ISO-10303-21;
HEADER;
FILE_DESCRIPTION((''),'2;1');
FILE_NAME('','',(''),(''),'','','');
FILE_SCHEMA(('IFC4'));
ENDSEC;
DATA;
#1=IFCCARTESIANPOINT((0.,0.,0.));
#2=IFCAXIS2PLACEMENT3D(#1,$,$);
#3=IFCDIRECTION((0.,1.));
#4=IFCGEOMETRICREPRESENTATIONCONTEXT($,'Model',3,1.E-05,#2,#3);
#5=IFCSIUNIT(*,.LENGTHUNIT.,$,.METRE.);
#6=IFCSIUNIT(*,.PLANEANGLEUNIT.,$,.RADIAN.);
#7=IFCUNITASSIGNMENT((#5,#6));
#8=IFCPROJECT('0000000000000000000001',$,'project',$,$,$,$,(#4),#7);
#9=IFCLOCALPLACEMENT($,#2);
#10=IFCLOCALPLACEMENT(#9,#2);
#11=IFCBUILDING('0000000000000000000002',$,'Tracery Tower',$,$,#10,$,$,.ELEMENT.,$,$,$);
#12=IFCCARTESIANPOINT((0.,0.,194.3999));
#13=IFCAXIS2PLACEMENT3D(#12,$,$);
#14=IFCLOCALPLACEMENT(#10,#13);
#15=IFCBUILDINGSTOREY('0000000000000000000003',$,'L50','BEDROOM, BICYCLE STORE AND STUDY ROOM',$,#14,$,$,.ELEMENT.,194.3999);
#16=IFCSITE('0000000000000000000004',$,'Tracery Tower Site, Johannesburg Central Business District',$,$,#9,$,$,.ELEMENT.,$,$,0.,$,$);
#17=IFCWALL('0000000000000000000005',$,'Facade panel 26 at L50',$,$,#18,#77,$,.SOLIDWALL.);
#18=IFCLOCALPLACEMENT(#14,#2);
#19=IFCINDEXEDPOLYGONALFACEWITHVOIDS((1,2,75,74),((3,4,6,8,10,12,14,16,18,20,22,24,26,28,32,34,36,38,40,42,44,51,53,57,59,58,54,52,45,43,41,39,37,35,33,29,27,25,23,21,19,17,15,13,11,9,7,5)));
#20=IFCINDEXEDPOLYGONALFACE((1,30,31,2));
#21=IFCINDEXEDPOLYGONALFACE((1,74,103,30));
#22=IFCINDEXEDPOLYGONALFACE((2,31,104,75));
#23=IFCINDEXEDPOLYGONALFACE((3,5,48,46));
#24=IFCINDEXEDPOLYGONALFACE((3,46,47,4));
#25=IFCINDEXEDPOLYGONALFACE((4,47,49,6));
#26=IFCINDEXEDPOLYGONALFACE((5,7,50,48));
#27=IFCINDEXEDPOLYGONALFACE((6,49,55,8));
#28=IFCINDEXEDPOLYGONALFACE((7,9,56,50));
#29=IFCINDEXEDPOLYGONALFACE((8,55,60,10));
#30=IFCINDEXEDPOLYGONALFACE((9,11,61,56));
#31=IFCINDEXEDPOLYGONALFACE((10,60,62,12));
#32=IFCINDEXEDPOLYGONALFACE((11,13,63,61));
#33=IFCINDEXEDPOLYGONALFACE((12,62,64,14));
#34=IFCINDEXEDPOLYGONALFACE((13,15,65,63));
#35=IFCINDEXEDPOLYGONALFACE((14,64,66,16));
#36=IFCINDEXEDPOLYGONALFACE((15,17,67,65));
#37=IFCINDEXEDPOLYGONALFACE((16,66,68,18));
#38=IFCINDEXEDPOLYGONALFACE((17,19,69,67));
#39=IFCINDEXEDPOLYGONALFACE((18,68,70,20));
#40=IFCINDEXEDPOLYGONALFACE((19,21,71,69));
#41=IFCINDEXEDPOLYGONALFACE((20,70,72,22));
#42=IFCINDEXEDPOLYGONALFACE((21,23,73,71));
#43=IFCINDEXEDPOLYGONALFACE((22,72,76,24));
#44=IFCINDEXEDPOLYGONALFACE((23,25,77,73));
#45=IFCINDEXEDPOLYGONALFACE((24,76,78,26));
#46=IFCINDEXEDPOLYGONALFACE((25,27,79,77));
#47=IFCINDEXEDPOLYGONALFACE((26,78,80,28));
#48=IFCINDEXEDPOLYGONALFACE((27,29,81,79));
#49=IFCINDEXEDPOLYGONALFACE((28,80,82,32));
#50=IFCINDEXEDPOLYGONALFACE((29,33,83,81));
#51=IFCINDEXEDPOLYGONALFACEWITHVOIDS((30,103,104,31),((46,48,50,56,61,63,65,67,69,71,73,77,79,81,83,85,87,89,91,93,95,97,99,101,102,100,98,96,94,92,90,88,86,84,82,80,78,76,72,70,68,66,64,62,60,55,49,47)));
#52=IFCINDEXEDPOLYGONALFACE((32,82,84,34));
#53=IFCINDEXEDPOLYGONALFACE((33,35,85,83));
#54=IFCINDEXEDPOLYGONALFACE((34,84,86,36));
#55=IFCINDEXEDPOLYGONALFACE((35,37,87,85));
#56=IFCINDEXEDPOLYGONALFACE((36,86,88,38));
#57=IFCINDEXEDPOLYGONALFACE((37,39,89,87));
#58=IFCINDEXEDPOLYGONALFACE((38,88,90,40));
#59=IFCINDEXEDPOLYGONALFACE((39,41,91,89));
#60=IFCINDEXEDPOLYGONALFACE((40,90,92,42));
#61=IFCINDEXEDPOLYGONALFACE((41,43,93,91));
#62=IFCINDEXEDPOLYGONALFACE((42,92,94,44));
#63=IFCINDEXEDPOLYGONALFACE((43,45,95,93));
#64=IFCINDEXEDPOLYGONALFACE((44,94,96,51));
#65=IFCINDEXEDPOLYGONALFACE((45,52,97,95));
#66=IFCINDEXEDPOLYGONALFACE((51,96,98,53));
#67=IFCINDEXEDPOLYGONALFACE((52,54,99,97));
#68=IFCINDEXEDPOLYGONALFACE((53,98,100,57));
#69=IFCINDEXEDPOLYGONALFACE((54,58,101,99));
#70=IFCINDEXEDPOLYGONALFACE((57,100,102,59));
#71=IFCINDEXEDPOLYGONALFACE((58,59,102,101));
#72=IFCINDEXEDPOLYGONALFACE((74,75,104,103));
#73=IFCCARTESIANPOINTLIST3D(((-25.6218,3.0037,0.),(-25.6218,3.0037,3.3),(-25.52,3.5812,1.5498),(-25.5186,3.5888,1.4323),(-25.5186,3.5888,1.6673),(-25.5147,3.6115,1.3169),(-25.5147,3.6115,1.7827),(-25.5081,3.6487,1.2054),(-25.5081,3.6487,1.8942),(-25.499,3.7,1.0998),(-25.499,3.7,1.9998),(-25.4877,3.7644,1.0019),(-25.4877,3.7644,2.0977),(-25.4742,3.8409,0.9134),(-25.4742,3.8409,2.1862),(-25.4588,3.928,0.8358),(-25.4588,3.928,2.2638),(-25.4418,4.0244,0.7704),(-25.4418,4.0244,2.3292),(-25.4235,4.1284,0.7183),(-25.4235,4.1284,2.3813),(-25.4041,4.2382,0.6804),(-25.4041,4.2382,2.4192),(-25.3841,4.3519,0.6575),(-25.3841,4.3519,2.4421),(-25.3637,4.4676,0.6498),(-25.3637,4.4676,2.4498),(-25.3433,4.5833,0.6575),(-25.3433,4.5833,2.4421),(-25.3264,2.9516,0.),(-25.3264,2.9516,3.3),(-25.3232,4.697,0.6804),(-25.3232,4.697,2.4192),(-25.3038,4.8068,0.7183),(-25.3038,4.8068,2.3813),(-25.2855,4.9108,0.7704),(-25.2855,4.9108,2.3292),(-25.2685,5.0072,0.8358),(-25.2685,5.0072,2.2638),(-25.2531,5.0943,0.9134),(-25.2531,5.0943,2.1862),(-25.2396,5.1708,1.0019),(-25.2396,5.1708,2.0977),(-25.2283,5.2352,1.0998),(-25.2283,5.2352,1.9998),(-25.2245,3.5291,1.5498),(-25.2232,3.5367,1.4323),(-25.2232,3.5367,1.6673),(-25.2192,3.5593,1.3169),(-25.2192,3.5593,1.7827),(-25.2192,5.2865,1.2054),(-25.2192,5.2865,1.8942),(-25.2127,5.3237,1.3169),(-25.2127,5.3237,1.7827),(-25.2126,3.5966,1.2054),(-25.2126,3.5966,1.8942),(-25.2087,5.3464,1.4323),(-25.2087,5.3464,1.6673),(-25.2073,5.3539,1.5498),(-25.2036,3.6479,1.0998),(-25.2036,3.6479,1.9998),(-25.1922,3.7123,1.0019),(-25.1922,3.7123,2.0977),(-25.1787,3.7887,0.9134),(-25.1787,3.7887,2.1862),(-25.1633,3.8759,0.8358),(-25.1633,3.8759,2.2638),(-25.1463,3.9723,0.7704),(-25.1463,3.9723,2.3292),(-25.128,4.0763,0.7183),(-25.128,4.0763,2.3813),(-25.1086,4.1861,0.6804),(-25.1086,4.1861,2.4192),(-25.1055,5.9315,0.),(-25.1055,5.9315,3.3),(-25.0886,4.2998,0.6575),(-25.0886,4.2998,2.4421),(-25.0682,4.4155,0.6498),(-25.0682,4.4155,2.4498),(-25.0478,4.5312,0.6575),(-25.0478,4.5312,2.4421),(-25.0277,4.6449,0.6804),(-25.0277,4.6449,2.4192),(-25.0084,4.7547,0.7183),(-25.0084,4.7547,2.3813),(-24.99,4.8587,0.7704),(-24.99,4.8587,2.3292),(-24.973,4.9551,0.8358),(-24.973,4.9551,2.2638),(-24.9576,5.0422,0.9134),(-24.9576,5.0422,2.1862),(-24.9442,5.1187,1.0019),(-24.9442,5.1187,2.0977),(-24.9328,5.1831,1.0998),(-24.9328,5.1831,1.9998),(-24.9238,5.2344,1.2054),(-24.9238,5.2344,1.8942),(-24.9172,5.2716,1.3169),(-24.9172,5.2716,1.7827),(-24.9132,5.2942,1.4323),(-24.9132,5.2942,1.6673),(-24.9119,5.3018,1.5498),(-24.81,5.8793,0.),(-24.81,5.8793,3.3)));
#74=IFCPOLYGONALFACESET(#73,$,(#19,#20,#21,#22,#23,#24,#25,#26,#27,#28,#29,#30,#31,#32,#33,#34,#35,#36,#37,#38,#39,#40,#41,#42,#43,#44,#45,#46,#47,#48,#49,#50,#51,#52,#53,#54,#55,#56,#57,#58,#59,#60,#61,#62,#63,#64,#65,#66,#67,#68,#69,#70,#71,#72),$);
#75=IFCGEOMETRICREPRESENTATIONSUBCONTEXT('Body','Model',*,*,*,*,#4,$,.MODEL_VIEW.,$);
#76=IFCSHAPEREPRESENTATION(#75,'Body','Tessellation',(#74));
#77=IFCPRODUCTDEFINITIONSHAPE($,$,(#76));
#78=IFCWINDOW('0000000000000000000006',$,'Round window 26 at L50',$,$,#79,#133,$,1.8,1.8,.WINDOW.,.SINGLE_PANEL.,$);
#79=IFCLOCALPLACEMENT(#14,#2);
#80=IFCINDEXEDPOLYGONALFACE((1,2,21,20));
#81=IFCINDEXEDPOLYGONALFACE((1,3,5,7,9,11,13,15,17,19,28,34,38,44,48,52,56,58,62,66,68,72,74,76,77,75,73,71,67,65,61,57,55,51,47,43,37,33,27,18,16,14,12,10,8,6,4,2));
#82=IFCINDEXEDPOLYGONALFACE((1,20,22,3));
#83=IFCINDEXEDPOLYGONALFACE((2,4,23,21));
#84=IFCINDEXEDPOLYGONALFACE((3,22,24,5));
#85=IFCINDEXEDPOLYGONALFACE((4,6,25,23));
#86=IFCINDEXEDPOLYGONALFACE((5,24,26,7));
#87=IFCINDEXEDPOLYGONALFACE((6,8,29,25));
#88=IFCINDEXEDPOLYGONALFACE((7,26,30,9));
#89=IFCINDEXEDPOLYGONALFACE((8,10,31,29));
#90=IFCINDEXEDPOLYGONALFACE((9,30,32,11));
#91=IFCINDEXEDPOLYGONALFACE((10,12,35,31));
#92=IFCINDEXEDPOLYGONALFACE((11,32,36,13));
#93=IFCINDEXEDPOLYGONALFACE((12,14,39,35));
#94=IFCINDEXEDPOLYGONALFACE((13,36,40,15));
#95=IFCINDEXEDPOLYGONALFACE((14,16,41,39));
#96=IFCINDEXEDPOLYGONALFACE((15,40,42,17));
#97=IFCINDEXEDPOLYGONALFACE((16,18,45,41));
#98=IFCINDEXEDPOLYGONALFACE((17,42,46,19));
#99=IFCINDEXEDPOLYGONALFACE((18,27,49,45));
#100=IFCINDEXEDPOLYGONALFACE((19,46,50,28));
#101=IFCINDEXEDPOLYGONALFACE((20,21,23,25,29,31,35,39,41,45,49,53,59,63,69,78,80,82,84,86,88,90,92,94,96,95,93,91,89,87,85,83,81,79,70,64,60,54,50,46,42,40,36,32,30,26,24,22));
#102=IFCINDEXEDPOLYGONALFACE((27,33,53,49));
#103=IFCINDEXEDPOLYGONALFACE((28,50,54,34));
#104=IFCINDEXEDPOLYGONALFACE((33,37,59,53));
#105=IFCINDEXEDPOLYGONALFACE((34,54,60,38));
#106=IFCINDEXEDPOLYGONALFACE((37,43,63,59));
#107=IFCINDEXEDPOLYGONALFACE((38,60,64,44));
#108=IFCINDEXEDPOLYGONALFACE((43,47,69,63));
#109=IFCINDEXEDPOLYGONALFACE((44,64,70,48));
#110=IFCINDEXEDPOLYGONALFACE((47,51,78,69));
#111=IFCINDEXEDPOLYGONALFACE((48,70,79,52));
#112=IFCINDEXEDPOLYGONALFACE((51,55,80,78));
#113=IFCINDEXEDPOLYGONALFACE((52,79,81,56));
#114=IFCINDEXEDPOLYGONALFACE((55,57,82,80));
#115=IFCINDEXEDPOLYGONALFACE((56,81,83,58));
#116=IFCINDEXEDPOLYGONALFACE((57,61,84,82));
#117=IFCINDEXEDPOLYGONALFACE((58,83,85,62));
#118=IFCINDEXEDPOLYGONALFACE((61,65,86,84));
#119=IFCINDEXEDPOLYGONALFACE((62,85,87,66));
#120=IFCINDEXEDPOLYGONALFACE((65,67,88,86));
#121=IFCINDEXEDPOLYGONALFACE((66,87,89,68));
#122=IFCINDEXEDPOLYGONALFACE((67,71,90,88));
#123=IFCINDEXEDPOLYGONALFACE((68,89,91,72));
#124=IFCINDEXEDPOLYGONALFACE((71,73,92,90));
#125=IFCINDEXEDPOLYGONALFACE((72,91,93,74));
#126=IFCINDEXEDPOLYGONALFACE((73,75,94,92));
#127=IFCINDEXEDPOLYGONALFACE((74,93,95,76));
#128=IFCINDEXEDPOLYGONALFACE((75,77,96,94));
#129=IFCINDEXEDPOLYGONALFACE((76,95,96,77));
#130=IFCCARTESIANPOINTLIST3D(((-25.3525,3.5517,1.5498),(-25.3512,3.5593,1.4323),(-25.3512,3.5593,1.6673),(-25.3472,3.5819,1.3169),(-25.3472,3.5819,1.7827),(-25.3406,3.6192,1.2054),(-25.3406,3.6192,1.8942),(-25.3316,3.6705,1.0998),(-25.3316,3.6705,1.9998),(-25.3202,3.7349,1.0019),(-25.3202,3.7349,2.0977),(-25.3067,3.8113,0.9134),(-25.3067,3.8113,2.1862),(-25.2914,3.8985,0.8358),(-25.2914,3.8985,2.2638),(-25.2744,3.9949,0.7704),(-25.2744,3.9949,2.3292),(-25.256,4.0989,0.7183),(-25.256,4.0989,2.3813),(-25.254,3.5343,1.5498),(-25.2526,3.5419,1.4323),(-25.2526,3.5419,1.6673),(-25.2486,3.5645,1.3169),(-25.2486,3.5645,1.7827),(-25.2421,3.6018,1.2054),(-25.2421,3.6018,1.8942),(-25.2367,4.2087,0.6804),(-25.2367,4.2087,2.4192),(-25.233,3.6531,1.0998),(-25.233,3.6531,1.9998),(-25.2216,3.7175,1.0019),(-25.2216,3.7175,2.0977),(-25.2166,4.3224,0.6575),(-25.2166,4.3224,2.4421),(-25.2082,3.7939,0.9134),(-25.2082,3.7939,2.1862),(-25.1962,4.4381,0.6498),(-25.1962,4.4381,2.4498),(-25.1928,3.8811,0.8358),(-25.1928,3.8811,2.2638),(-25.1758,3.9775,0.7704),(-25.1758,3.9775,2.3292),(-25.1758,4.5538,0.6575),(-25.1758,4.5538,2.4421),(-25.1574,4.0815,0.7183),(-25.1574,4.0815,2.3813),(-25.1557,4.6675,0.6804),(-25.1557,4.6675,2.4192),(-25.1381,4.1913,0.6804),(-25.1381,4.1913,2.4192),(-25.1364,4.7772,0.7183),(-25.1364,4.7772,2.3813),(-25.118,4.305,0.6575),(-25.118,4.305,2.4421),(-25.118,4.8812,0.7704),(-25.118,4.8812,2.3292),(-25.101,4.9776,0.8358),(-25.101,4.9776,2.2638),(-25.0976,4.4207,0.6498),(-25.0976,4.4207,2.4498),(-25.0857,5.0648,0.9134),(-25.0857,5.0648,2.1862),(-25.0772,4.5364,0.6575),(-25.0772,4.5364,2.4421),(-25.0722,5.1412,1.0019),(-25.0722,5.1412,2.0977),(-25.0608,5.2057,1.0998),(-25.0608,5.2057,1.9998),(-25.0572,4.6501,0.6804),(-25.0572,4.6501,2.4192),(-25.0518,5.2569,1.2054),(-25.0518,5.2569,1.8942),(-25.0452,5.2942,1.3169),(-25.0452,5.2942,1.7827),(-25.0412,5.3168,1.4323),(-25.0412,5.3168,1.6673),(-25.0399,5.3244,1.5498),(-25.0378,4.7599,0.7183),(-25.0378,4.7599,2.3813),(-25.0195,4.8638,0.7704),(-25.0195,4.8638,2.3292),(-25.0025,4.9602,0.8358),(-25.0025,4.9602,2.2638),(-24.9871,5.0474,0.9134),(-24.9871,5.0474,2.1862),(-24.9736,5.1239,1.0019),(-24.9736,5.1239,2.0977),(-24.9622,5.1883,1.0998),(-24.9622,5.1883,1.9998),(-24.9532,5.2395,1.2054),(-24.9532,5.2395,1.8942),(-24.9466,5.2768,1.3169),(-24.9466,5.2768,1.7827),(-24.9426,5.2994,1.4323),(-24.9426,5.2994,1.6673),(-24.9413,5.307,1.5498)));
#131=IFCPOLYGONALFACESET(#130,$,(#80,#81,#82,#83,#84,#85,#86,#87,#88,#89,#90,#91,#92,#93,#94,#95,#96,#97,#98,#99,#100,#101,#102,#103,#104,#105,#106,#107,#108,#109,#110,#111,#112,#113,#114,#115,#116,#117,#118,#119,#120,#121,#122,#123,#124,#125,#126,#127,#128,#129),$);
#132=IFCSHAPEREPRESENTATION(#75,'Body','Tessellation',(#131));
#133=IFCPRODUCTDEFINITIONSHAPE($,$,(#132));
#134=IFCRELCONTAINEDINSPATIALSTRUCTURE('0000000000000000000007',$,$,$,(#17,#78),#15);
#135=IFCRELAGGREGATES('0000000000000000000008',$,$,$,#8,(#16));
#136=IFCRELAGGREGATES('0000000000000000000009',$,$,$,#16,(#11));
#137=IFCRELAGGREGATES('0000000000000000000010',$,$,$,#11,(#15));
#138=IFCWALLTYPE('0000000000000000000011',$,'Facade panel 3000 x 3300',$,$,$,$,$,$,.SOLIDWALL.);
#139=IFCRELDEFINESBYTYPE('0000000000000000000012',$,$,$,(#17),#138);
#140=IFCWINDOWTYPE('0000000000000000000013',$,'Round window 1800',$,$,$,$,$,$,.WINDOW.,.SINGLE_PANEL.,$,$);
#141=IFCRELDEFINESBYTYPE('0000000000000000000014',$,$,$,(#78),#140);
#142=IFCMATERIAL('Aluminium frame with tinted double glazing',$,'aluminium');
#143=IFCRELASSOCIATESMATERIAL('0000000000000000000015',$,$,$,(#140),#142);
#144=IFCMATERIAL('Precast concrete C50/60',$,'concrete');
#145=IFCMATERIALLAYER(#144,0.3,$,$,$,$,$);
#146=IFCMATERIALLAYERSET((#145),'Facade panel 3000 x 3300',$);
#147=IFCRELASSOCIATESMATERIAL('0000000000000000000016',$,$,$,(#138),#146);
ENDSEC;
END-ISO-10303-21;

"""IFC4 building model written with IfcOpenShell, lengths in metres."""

from ifc_helpers import new_model, si_unit, direction, frame, frame_2d, origin, origin_2d, place, context, subcontext, project, spatial, rectangle, circle, extrude, material, layer, layer_set, type_object, element, fill, save


model = new_model("IFC4")

# Units and contexts
model_context = context("Model", 3, precision=1e-05, world=origin(), true_north=direction((0.0, 1.0)))
body_context = subcontext(model_context, "Body", "Model", "MODEL_VIEW")
ifc_project = project(units=[si_unit("LENGTHUNIT", "METRE"), si_unit("PLANEANGLEUNIT", "RADIAN")], contexts=[model_context])

# Site, building, storey
site_placement = place(None, origin())
site = spatial("IfcSite", under=ifc_project, at=site_placement, Name="Tracery Tower Site, Johannesburg Central Business District", CompositionType="ELEMENT", RefElevation=0.0)
building_placement = place(site_placement, origin())
building = spatial("IfcBuilding", under=site, at=building_placement, Name="Tracery Tower", CompositionType="ELEMENT")
storey_placement = place(building_placement, frame((0.0, 0.0, 194.3999)))
storey = spatial("IfcBuildingStorey", under=building, at=storey_placement, Name="L50", Description="BEDROOM, BICYCLE STORE AND STUDY ROOM", CompositionType="ELEMENT", Elevation=194.3999)

# Wall, opening, window
ifc_material_1 = material(Name="Aluminium frame with tinted double glazing", Category="aluminium")
window_type = type_object("IfcWindowType", Name="Round window 1800", PartitioningType="SINGLE_PANEL", PredefinedType="WINDOW", material=ifc_material_1)
ifc_material_2 = material(Name="Precast concrete C50/60", Category="concrete")
ifc_layer_1 = layer(ifc_material_2, 0.3)
ifc_layer_set_1 = layer_set([ifc_layer_1], Name="Facade panel 3000 x 3300")
wall_type_1 = type_object("IfcWallType", Name="Facade panel 3000 x 3300", PredefinedType="SOLIDWALL", material=ifc_layer_set_1)
wall_1_placement = place(storey_placement, frame((-24.9578, 5.9053, 0.0), z_axis=(0.0, 0.0, 1.0), x_axis=(-0.173687, -0.984801, 0.0)))
wall_1 = element("IfcWall", 1, at=wall_1_placement, inside=storey, type_object=wall_type_1, Name="Facade panel 26 at L50", PredefinedType="SOLIDWALL", context=body_context, shape_type="SweptSolid", body=[
    extrude(rectangle(XDim=2.9729, YDim=0.3, at=frame_2d((1.4863, 0.0))), origin(), (0.0, 0.0, 1.0), 3.3),
])
opening_1_placement = place(wall_1_placement, frame((1.4863, 0.0, 1.5498)))
opening_1 = element("IfcOpeningElement", 2, at=opening_1_placement, cuts=wall_1, PredefinedType="OPENING", context=body_context, shape_type="SweptSolid", body=[
    extrude(circle(Radius=0.9, at=origin_2d()), frame((0.0, 0.1599, 0.0), z_axis=(0.0, -1.0, 0.0), x_axis=(1.0, 0.0, 0.0)), (0.0, 0.0, 1.0), 0.3201),
])
window_1_placement = place(opening_1_placement, origin())
window_1 = element("IfcWindow", 3, at=window_1_placement, inside=storey, type_object=window_type, Name="Round window 26 at L50", OverallHeight=1.8, OverallWidth=1.8, PartitioningType="SINGLE_PANEL", PredefinedType="WINDOW", context=body_context, shape_type="SweptSolid", body=[
    extrude(circle(Radius=0.9, at=origin_2d()), frame((0.0, 0.1201, 0.0), z_axis=(0.0, -1.0, 0.0), x_axis=(1.0, 0.0, 0.0)), (0.0, 0.0, 1.0), 0.1001),
])
fill(opening_1, window_1)

save(model, "model.ifc")
